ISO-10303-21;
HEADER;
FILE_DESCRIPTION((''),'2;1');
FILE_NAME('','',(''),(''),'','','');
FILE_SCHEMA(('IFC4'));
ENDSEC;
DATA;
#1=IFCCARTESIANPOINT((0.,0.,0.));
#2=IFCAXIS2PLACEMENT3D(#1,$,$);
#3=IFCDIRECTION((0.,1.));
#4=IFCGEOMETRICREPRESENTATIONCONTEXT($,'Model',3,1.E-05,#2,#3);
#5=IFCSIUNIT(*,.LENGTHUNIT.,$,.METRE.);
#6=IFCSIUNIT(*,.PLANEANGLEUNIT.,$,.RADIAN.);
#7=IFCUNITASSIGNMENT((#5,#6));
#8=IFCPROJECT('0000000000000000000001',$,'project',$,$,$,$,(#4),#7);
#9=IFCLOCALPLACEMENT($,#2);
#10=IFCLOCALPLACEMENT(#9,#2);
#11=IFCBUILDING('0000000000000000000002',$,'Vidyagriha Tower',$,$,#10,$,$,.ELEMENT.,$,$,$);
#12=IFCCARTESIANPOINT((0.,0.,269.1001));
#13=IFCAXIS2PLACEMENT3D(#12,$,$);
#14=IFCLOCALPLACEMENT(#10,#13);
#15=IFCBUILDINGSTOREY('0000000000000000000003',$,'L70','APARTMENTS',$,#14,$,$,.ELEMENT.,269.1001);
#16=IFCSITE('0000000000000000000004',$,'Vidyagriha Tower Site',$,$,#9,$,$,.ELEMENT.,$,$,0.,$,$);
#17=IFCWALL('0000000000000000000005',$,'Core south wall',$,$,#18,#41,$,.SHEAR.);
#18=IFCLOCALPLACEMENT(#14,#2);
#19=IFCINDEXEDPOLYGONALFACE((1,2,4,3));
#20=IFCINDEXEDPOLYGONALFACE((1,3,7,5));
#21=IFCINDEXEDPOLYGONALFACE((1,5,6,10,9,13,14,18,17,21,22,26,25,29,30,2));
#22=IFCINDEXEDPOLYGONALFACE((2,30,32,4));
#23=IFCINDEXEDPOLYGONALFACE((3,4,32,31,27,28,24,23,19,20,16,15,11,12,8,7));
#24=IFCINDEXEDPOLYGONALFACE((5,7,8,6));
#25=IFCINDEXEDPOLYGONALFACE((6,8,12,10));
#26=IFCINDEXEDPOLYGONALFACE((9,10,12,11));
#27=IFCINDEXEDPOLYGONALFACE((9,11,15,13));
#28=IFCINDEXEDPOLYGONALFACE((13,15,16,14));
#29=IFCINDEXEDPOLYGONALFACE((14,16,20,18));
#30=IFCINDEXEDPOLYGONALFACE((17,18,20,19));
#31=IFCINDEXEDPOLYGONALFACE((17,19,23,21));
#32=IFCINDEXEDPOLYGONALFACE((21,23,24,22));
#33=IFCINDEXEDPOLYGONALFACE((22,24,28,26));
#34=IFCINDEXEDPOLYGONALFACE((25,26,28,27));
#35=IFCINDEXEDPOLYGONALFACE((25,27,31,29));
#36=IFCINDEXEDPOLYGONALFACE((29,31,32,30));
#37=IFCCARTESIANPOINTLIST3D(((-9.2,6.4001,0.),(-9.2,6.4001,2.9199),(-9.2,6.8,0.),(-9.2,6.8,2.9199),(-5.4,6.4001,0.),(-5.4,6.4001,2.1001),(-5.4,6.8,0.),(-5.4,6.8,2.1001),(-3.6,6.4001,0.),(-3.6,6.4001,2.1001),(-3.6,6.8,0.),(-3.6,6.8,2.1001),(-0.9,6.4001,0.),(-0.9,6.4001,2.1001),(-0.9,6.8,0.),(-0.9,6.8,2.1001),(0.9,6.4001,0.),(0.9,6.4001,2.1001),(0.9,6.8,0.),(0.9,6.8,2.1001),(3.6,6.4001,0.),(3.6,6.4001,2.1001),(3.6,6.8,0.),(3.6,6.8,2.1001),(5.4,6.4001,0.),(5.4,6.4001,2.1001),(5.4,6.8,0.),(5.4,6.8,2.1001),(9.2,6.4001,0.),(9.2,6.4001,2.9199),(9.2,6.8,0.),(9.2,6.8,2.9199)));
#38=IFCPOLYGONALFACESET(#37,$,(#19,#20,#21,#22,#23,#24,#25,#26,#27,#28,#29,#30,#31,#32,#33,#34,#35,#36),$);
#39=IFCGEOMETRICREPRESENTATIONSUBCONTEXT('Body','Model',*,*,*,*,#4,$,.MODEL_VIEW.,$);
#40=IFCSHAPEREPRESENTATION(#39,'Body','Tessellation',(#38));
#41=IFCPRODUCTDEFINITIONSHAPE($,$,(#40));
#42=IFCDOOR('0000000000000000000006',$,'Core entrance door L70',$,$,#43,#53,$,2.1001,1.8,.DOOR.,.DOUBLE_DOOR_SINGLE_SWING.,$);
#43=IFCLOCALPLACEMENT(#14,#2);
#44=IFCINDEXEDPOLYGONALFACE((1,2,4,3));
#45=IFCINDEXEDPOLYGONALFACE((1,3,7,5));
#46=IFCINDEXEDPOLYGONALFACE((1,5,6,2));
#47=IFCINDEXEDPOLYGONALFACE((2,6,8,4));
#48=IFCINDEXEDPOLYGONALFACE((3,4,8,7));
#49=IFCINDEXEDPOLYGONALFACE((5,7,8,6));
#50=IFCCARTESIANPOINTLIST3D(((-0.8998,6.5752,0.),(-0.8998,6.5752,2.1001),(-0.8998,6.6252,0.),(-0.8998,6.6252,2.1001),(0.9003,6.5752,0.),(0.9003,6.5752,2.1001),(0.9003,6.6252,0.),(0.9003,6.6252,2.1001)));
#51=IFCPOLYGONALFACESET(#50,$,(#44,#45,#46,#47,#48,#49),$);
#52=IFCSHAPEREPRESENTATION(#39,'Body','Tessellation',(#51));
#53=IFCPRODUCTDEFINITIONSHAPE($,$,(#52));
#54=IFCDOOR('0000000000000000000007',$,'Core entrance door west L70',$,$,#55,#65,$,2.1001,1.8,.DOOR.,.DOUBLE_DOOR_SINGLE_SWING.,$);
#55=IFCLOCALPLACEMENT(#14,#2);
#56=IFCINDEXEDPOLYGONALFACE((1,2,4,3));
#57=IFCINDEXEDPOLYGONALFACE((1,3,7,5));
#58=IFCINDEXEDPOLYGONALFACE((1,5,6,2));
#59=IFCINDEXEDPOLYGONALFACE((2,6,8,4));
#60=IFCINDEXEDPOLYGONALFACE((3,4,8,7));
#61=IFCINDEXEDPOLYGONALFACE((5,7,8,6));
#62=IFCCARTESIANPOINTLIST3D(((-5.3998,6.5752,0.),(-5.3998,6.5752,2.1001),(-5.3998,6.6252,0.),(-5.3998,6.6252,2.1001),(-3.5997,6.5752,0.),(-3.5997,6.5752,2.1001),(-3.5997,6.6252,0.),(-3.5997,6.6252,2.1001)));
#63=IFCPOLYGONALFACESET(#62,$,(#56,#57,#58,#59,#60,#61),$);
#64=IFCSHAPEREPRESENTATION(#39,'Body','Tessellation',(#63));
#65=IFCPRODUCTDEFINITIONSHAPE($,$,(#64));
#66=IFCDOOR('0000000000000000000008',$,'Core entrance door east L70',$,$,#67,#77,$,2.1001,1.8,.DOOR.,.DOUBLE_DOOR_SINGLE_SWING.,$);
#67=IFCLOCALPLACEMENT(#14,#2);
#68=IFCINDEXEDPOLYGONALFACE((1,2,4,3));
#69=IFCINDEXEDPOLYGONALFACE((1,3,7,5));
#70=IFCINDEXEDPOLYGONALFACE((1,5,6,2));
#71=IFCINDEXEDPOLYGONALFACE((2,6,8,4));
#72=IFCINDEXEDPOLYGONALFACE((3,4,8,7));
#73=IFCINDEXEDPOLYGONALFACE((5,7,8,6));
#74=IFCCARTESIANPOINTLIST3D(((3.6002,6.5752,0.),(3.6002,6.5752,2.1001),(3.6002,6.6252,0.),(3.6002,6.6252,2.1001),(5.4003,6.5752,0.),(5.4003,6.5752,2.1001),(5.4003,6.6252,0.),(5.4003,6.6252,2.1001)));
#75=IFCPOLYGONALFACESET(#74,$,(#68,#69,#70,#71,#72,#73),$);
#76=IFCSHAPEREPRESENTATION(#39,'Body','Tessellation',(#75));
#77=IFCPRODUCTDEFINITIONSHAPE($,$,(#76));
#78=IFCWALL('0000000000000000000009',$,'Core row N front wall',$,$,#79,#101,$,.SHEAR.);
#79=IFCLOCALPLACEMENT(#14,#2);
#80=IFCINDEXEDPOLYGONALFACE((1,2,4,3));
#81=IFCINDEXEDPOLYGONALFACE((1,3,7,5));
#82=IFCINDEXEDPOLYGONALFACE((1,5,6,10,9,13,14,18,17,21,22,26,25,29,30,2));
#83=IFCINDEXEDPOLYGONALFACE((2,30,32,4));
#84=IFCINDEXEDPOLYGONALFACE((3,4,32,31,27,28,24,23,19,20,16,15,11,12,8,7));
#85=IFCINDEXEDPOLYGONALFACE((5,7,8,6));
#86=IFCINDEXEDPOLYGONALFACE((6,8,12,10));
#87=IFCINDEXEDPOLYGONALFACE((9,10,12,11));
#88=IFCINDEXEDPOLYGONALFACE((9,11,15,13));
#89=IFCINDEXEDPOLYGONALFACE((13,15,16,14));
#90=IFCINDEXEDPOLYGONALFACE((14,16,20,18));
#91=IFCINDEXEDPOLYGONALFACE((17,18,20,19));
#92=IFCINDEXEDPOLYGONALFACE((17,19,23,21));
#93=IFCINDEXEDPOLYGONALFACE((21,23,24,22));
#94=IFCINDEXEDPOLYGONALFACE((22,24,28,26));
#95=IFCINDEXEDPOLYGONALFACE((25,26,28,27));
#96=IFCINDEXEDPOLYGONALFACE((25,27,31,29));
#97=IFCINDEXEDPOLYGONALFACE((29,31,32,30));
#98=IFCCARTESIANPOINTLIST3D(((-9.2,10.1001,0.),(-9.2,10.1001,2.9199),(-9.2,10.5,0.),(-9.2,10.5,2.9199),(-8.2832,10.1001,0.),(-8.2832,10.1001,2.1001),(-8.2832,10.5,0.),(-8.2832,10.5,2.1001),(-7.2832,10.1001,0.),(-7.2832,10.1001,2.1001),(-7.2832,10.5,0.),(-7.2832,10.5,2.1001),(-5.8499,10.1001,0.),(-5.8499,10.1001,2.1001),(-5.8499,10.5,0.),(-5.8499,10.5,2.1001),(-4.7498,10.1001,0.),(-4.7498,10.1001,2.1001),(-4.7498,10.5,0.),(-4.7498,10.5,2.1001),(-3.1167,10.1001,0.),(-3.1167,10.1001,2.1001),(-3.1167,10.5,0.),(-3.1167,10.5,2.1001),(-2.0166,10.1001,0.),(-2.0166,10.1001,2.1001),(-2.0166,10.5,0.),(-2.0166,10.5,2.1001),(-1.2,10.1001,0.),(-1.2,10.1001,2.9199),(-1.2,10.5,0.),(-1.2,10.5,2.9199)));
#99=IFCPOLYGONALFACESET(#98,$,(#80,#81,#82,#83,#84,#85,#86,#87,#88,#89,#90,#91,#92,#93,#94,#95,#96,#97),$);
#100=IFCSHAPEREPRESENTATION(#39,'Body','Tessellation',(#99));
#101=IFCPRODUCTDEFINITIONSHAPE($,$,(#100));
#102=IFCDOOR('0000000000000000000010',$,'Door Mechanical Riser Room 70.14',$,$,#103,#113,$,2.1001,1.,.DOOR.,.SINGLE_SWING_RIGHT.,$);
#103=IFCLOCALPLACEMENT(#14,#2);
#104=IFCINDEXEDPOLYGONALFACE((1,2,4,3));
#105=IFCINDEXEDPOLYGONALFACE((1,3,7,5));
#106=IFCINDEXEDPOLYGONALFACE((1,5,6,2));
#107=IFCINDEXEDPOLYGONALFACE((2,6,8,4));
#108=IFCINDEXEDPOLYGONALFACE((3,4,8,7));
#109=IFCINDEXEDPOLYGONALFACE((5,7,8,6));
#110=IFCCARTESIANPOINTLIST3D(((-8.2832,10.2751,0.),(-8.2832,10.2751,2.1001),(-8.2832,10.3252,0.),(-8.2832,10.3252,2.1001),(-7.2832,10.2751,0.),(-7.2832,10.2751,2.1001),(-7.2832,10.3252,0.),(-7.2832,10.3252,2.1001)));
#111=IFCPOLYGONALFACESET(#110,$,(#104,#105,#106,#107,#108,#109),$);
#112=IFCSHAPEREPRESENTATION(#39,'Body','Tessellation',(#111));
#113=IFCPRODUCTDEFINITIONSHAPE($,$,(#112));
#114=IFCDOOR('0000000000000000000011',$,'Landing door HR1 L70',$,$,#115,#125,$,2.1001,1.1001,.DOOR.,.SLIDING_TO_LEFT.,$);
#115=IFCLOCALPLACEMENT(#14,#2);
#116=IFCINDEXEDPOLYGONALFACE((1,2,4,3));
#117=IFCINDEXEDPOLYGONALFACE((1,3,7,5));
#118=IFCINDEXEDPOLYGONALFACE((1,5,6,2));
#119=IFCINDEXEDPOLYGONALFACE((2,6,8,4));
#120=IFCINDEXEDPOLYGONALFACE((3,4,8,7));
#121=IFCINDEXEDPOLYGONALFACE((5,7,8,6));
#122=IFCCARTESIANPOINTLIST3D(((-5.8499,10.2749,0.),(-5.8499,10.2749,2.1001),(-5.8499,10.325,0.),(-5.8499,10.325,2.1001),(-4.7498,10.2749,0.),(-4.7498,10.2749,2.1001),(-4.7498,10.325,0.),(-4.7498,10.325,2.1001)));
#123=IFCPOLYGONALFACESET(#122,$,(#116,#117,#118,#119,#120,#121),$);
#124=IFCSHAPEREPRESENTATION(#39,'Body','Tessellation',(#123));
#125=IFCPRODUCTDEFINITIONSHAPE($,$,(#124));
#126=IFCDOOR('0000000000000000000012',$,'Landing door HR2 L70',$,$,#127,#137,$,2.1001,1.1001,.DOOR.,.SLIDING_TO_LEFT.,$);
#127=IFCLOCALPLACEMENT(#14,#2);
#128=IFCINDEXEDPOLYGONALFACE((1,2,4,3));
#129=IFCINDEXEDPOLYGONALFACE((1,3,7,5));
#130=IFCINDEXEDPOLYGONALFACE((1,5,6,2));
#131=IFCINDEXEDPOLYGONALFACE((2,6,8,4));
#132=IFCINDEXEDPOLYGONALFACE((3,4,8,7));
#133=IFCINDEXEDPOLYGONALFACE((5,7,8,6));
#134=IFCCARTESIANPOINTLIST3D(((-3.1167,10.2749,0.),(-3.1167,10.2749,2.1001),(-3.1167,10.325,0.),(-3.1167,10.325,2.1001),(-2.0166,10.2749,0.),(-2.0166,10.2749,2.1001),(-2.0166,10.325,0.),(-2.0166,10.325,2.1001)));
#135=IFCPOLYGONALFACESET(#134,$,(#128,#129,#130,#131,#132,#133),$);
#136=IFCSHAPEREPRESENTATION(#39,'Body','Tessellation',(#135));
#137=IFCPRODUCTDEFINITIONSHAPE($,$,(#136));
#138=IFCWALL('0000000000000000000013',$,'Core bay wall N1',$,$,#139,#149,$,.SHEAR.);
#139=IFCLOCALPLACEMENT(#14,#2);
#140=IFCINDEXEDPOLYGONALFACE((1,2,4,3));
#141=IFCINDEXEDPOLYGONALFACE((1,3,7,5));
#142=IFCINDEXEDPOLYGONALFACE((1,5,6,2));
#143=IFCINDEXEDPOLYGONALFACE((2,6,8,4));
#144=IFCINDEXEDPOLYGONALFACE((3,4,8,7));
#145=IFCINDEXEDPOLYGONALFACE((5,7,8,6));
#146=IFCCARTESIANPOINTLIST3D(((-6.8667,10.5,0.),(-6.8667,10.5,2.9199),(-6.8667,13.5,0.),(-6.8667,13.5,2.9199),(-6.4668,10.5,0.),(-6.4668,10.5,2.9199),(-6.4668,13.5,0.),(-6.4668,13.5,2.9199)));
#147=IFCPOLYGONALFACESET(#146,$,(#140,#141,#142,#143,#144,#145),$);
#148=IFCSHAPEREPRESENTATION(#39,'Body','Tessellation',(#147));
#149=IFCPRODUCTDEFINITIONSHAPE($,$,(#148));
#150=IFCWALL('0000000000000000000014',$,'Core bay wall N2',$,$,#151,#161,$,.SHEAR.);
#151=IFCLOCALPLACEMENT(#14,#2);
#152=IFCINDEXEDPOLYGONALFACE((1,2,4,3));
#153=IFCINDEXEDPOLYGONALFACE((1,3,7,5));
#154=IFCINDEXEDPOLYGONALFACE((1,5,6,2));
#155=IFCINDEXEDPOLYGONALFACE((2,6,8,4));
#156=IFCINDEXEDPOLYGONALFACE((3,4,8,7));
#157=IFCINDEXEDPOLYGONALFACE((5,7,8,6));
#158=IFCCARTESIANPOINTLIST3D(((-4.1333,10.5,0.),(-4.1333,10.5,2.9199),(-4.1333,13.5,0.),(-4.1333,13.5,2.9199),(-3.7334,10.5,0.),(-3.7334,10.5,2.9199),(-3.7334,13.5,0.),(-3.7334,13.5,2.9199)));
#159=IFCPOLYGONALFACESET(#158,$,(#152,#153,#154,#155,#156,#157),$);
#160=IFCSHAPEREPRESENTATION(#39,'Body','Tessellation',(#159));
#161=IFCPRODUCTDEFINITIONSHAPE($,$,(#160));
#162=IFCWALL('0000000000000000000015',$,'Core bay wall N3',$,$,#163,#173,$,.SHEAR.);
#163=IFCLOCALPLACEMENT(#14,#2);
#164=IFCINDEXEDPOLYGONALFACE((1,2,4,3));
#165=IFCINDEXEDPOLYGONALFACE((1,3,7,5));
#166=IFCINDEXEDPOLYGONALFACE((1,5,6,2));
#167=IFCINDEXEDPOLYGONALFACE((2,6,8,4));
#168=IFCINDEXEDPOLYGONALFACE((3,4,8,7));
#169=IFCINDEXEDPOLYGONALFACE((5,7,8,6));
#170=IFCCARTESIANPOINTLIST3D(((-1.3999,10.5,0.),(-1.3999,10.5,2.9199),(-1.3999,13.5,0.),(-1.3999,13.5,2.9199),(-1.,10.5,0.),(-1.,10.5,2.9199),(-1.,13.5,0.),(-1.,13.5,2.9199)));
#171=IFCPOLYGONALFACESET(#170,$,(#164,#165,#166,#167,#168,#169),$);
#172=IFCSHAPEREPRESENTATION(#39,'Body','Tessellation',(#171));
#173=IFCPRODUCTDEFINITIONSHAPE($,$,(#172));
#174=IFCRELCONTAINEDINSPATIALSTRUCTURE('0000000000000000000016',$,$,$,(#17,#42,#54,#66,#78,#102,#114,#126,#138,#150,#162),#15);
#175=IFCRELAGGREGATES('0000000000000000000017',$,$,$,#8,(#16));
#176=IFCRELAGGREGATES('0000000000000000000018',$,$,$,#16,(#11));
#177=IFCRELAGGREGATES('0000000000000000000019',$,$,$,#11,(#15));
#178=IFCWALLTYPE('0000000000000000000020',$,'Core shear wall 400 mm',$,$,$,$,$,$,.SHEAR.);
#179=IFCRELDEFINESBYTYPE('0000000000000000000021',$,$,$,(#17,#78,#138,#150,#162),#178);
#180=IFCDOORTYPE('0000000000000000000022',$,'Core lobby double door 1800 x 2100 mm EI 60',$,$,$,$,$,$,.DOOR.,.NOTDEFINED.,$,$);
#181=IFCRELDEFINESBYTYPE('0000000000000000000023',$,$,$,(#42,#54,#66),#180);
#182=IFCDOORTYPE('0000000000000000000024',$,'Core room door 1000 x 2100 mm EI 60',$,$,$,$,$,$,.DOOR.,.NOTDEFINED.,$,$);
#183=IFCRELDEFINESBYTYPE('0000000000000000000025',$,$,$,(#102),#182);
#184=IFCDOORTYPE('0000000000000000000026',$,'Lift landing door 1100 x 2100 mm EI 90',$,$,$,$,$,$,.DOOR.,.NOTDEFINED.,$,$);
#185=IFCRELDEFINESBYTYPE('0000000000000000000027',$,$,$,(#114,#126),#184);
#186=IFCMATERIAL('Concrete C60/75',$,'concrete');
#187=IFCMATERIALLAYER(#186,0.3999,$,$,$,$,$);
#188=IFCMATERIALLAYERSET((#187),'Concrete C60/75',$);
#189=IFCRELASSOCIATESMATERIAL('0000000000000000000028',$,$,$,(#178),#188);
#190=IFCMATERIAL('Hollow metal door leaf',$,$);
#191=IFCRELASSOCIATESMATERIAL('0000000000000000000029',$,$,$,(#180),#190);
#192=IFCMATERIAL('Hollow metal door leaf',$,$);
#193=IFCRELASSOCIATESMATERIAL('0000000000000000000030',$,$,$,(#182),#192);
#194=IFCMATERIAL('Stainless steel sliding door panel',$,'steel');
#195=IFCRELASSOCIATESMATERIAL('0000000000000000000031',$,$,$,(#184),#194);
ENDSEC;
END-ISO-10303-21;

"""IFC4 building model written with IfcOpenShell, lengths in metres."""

from ifc_helpers import new_model, si_unit, direction, frame, frame_2d, origin, place, context, subcontext, project, spatial, rectangle, extrude, material, layer, layer_set, type_object, element, fill, save


model = new_model("IFC4")

# Units and contexts
model_context = context("Model", 3, precision=1e-05, world=origin(), true_north=direction((0.0, 1.0)))
body_context = subcontext(model_context, "Body", "Model", "MODEL_VIEW")
ifc_project = project(units=[si_unit("LENGTHUNIT", "METRE"), si_unit("PLANEANGLEUNIT", "RADIAN")], contexts=[model_context])

# Site, building, storey
site_placement = place(None, origin())
site = spatial("IfcSite", under=ifc_project, at=site_placement, Name="Vidyagriha Tower Site", CompositionType="ELEMENT", RefElevation=0.0)
building_placement = place(site_placement, origin())
building = spatial("IfcBuilding", under=site, at=building_placement, Name="Vidyagriha Tower", CompositionType="ELEMENT")
storey_placement = place(building_placement, frame((0.0, 0.0, 269.1001)))
storey = spatial("IfcBuildingStorey", under=building, at=storey_placement, Name="L70", Description="APARTMENTS", CompositionType="ELEMENT", Elevation=269.1001)

# Walls, openings, doors
ifc_material_1 = material(Name="Concrete C60/75", Category="concrete")
ifc_layer_1 = layer(ifc_material_1, 0.3999)
ifc_layer_set_1 = layer_set([ifc_layer_1], Name="Concrete C60/75")
wall_type_1 = type_object("IfcWallType", Name="Core shear wall 400 mm", PredefinedType="SHEAR", material=ifc_layer_set_1)
wall_1_placement = place(storey_placement, frame((-9.2, 6.6001, 0.0)))
wall_1 = element("IfcWall", 1, at=wall_1_placement, inside=storey, type_object=wall_type_1, Name="Core south wall", PredefinedType="SHEAR", context=body_context, shape_type="SweptSolid", body=[
    extrude(rectangle(XDim=18.3999, YDim=0.3999, at=frame_2d((9.2, 0.0))), origin(), (0.0, 0.0, 1.0), 2.9199),
])
opening_1_placement = place(wall_1_placement, frame((8.3, 0.0, 0.0)))
opening_1 = element("IfcOpeningElement", 2, at=opening_1_placement, cuts=wall_1, PredefinedType="OPENING", context=body_context, shape_type="SweptSolid", body=[
    extrude(rectangle(XDim=1.8, YDim=2.1001, at=frame_2d((0.8999, 1.05))), frame((0.0, 0.21, 0.0), z_axis=(0.0, -1.0, 0.0), x_axis=(1.0, 0.0, 0.0)), (0.0, 0.0, 1.0), 0.4199),
])
opening_2_placement = place(wall_1_placement, frame((3.8, 0.0, 0.0)))
opening_2 = element("IfcOpeningElement", 3, at=opening_2_placement, cuts=wall_1, PredefinedType="OPENING", context=body_context, shape_type="SweptSolid", body=[
    extrude(rectangle(XDim=1.8, YDim=2.1001, at=frame_2d((0.8999, 1.05))), frame((0.0, 0.21, 0.0), z_axis=(0.0, -1.0, 0.0), x_axis=(1.0, 0.0, 0.0)), (0.0, 0.0, 1.0), 0.4199),
])
opening_3_placement = place(wall_1_placement, frame((12.8, 0.0, 0.0)))
opening_3 = element("IfcOpeningElement", 4, at=opening_3_placement, cuts=wall_1, PredefinedType="OPENING", context=body_context, shape_type="SweptSolid", body=[
    extrude(rectangle(XDim=1.8, YDim=2.1001, at=frame_2d((0.8999, 1.05))), frame((0.0, 0.21, 0.0), z_axis=(0.0, -1.0, 0.0), x_axis=(1.0, 0.0, 0.0)), (0.0, 0.0, 1.0), 0.4199),
])
ifc_material_2 = material(Name="Hollow metal door leaf")
door_type_1 = type_object("IfcDoorType", Name="Core lobby double door 1800 x 2100 mm EI 60", OperationType="NOTDEFINED", PredefinedType="DOOR", material=ifc_material_2)
door_1_placement = place(opening_1_placement, frame((1.8, 0.0, 0.0), z_axis=(0.0, 0.0, 1.0), x_axis=(-1.0, 0.0, 0.0)))
door_1 = element("IfcDoor", 5, at=door_1_placement, inside=storey, type_object=door_type_1, Name="Core entrance door L70", OperationType="DOUBLE_DOOR_SINGLE_SWING", OverallHeight=2.1001, OverallWidth=1.8, PredefinedType="DOOR", context=body_context, shape_type="SweptSolid", body=[
    extrude(rectangle(XDim=1.8, YDim=2.1001, at=frame_2d((0.8999, 1.05))), frame((0.0, 0.0249, 0.0), z_axis=(0.0, -1.0, 0.0), x_axis=(1.0, 0.0, 0.0)), (0.0, 0.0, 1.0), 0.05),
])
fill(opening_1, door_1)
door_2_placement = place(opening_2_placement, frame((1.8, 0.0, 0.0), z_axis=(0.0, 0.0, 1.0), x_axis=(-1.0, 0.0, 0.0)))
door_2 = element("IfcDoor", 6, at=door_2_placement, inside=storey, type_object=door_type_1, Name="Core entrance door west L70", OperationType="DOUBLE_DOOR_SINGLE_SWING", OverallHeight=2.1001, OverallWidth=1.8, PredefinedType="DOOR", context=body_context, shape_type="SweptSolid", body=[
    extrude(rectangle(XDim=1.8, YDim=2.1001, at=frame_2d((0.8999, 1.05))), frame((0.0, 0.0249, 0.0), z_axis=(0.0, -1.0, 0.0), x_axis=(1.0, 0.0, 0.0)), (0.0, 0.0, 1.0), 0.05),
])
fill(opening_2, door_2)
door_3_placement = place(opening_3_placement, frame((1.8, 0.0, 0.0), z_axis=(0.0, 0.0, 1.0), x_axis=(-1.0, 0.0, 0.0)))
door_3 = element("IfcDoor", 7, at=door_3_placement, inside=storey, type_object=door_type_1, Name="Core entrance door east L70", OperationType="DOUBLE_DOOR_SINGLE_SWING", OverallHeight=2.1001, OverallWidth=1.8, PredefinedType="DOOR", context=body_context, shape_type="SweptSolid", body=[
    extrude(rectangle(XDim=1.8, YDim=2.1001, at=frame_2d((0.8999, 1.05))), frame((0.0, 0.0249, 0.0), z_axis=(0.0, -1.0, 0.0), x_axis=(1.0, 0.0, 0.0)), (0.0, 0.0, 1.0), 0.05),
])
fill(opening_3, door_3)
wall_2_placement = place(storey_placement, frame((-9.2, 10.3, 0.0)))
wall_2 = element("IfcWall", 8, at=wall_2_placement, inside=storey, type_object=wall_type_1, Name="Core row N front wall", PredefinedType="SHEAR", context=body_context, shape_type="SweptSolid", body=[
    extrude(rectangle(XDim=8.0, YDim=0.3999, at=frame_2d((4.0, 0.0))), origin(), (0.0, 0.0, 1.0), 2.9199),
])
opening_4_placement = place(wall_2_placement, frame((3.3501, 0.0, 0.0)))
opening_4 = element("IfcOpeningElement", 9, at=opening_4_placement, cuts=wall_2, PredefinedType="OPENING", context=body_context, shape_type="SweptSolid", body=[
    extrude(rectangle(XDim=1.1001, YDim=2.1001, at=frame_2d((0.55, 1.05))), frame((0.0, 0.21, 0.0), z_axis=(0.0, -1.0, 0.0), x_axis=(1.0, 0.0, 0.0)), (0.0, 0.0, 1.0), 0.4199),
])
opening_5_placement = place(wall_2_placement, frame((6.0833, 0.0, 0.0)))
opening_5 = element("IfcOpeningElement", 10, at=opening_5_placement, cuts=wall_2, PredefinedType="OPENING", context=body_context, shape_type="SweptSolid", body=[
    extrude(rectangle(XDim=1.1001, YDim=2.1001, at=frame_2d((0.55, 1.05))), frame((0.0, 0.21, 0.0), z_axis=(0.0, -1.0, 0.0), x_axis=(1.0, 0.0, 0.0)), (0.0, 0.0, 1.0), 0.4199),
])
opening_6_placement = place(wall_2_placement, frame((0.9167, 0.0, 0.0)))
opening_6 = element("IfcOpeningElement", 11, at=opening_6_placement, cuts=wall_2, PredefinedType="OPENING", context=body_context, shape_type="SweptSolid", body=[
    extrude(rectangle(XDim=1.0, YDim=2.1001, at=frame_2d((0.5, 1.05))), frame((0.0, 0.21, 0.0), z_axis=(0.0, -1.0, 0.0), x_axis=(1.0, 0.0, 0.0)), (0.0, 0.0, 1.0), 0.4199),
])
ifc_material_3 = material(Name="Hollow metal door leaf")
door_type_2 = type_object("IfcDoorType", Name="Core room door 1000 x 2100 mm EI 60", OperationType="NOTDEFINED", PredefinedType="DOOR", material=ifc_material_3)
door_4_placement = place(opening_6_placement, frame((1.0, 0.0, 0.0), z_axis=(0.0, 0.0, 1.0), x_axis=(-1.0, 0.0, 0.0)))
door_4 = element("IfcDoor", 12, at=door_4_placement, inside=storey, type_object=door_type_2, Name="Door Mechanical Riser Room 70.14", OperationType="SINGLE_SWING_RIGHT", OverallHeight=2.1001, OverallWidth=1.0, PredefinedType="DOOR", context=body_context, shape_type="SweptSolid", body=[
    extrude(rectangle(XDim=1.0, YDim=2.1001, at=frame_2d((0.5, 1.05))), frame((0.0, 0.0249, 0.0), z_axis=(0.0, -1.0, 0.0), x_axis=(1.0, 0.0, 0.0)), (0.0, 0.0, 1.0), 0.05),
])
fill(opening_6, door_4)
ifc_material_4 = material(Name="Stainless steel sliding door panel", Category="steel")
door_type_3 = type_object("IfcDoorType", Name="Lift landing door 1100 x 2100 mm EI 90", OperationType="NOTDEFINED", PredefinedType="DOOR", material=ifc_material_4)
door_5_placement = place(opening_4_placement, origin())
door_5 = element("IfcDoor", 13, at=door_5_placement, inside=storey, type_object=door_type_3, Name="Landing door HR1 L70", OperationType="SLIDING_TO_LEFT", OverallHeight=2.1001, OverallWidth=1.1001, PredefinedType="DOOR", context=body_context, shape_type="SweptSolid", body=[
    extrude(rectangle(XDim=1.1001, YDim=2.1001, at=frame_2d((0.55, 1.05))), frame((0.0, 0.0249, 0.0), z_axis=(0.0, -1.0, 0.0), x_axis=(1.0, 0.0, 0.0)), (0.0, 0.0, 1.0), 0.05),
])
fill(opening_4, door_5)
door_6_placement = place(opening_5_placement, origin())
door_6 = element("IfcDoor", 14, at=door_6_placement, inside=storey, type_object=door_type_3, Name="Landing door HR2 L70", OperationType="SLIDING_TO_LEFT", OverallHeight=2.1001, OverallWidth=1.1001, PredefinedType="DOOR", context=body_context, shape_type="SweptSolid", body=[
    extrude(rectangle(XDim=1.1001, YDim=2.1001, at=frame_2d((0.55, 1.05))), frame((0.0, 0.0249, 0.0), z_axis=(0.0, -1.0, 0.0), x_axis=(1.0, 0.0, 0.0)), (0.0, 0.0, 1.0), 0.05),
])
fill(opening_5, door_6)

# Walls
for number, where, z_axis, x_axis, name in (
    (15, (-6.6667, 10.5, 0.0), (0.0, 0.0, 1.0), (0.0, 1.0, 0.0), "Core bay wall N1"),
    (16, (-3.9333, 10.5, 0.0), (0.0, 0.0, 1.0), (0.0, 1.0, 0.0), "Core bay wall N2"),
    (17, (-1.2, 10.5, 0.0), (0.0, 0.0, 1.0), (0.0, 1.0, 0.0), "Core bay wall N3"),
):
    element("IfcWall", number, at=place(storey_placement, frame(where, z_axis=z_axis, x_axis=x_axis)), inside=storey, type_object=wall_type_1, Name=name, PredefinedType="SHEAR", context=body_context, shape_type="SweptSolid", body=[
        extrude(rectangle(XDim=3.0, YDim=0.3999, at=frame_2d((1.5, 0.0))), origin(), (0.0, 0.0, 1.0), 2.9199),
    ])

save(model, "model.ifc")
